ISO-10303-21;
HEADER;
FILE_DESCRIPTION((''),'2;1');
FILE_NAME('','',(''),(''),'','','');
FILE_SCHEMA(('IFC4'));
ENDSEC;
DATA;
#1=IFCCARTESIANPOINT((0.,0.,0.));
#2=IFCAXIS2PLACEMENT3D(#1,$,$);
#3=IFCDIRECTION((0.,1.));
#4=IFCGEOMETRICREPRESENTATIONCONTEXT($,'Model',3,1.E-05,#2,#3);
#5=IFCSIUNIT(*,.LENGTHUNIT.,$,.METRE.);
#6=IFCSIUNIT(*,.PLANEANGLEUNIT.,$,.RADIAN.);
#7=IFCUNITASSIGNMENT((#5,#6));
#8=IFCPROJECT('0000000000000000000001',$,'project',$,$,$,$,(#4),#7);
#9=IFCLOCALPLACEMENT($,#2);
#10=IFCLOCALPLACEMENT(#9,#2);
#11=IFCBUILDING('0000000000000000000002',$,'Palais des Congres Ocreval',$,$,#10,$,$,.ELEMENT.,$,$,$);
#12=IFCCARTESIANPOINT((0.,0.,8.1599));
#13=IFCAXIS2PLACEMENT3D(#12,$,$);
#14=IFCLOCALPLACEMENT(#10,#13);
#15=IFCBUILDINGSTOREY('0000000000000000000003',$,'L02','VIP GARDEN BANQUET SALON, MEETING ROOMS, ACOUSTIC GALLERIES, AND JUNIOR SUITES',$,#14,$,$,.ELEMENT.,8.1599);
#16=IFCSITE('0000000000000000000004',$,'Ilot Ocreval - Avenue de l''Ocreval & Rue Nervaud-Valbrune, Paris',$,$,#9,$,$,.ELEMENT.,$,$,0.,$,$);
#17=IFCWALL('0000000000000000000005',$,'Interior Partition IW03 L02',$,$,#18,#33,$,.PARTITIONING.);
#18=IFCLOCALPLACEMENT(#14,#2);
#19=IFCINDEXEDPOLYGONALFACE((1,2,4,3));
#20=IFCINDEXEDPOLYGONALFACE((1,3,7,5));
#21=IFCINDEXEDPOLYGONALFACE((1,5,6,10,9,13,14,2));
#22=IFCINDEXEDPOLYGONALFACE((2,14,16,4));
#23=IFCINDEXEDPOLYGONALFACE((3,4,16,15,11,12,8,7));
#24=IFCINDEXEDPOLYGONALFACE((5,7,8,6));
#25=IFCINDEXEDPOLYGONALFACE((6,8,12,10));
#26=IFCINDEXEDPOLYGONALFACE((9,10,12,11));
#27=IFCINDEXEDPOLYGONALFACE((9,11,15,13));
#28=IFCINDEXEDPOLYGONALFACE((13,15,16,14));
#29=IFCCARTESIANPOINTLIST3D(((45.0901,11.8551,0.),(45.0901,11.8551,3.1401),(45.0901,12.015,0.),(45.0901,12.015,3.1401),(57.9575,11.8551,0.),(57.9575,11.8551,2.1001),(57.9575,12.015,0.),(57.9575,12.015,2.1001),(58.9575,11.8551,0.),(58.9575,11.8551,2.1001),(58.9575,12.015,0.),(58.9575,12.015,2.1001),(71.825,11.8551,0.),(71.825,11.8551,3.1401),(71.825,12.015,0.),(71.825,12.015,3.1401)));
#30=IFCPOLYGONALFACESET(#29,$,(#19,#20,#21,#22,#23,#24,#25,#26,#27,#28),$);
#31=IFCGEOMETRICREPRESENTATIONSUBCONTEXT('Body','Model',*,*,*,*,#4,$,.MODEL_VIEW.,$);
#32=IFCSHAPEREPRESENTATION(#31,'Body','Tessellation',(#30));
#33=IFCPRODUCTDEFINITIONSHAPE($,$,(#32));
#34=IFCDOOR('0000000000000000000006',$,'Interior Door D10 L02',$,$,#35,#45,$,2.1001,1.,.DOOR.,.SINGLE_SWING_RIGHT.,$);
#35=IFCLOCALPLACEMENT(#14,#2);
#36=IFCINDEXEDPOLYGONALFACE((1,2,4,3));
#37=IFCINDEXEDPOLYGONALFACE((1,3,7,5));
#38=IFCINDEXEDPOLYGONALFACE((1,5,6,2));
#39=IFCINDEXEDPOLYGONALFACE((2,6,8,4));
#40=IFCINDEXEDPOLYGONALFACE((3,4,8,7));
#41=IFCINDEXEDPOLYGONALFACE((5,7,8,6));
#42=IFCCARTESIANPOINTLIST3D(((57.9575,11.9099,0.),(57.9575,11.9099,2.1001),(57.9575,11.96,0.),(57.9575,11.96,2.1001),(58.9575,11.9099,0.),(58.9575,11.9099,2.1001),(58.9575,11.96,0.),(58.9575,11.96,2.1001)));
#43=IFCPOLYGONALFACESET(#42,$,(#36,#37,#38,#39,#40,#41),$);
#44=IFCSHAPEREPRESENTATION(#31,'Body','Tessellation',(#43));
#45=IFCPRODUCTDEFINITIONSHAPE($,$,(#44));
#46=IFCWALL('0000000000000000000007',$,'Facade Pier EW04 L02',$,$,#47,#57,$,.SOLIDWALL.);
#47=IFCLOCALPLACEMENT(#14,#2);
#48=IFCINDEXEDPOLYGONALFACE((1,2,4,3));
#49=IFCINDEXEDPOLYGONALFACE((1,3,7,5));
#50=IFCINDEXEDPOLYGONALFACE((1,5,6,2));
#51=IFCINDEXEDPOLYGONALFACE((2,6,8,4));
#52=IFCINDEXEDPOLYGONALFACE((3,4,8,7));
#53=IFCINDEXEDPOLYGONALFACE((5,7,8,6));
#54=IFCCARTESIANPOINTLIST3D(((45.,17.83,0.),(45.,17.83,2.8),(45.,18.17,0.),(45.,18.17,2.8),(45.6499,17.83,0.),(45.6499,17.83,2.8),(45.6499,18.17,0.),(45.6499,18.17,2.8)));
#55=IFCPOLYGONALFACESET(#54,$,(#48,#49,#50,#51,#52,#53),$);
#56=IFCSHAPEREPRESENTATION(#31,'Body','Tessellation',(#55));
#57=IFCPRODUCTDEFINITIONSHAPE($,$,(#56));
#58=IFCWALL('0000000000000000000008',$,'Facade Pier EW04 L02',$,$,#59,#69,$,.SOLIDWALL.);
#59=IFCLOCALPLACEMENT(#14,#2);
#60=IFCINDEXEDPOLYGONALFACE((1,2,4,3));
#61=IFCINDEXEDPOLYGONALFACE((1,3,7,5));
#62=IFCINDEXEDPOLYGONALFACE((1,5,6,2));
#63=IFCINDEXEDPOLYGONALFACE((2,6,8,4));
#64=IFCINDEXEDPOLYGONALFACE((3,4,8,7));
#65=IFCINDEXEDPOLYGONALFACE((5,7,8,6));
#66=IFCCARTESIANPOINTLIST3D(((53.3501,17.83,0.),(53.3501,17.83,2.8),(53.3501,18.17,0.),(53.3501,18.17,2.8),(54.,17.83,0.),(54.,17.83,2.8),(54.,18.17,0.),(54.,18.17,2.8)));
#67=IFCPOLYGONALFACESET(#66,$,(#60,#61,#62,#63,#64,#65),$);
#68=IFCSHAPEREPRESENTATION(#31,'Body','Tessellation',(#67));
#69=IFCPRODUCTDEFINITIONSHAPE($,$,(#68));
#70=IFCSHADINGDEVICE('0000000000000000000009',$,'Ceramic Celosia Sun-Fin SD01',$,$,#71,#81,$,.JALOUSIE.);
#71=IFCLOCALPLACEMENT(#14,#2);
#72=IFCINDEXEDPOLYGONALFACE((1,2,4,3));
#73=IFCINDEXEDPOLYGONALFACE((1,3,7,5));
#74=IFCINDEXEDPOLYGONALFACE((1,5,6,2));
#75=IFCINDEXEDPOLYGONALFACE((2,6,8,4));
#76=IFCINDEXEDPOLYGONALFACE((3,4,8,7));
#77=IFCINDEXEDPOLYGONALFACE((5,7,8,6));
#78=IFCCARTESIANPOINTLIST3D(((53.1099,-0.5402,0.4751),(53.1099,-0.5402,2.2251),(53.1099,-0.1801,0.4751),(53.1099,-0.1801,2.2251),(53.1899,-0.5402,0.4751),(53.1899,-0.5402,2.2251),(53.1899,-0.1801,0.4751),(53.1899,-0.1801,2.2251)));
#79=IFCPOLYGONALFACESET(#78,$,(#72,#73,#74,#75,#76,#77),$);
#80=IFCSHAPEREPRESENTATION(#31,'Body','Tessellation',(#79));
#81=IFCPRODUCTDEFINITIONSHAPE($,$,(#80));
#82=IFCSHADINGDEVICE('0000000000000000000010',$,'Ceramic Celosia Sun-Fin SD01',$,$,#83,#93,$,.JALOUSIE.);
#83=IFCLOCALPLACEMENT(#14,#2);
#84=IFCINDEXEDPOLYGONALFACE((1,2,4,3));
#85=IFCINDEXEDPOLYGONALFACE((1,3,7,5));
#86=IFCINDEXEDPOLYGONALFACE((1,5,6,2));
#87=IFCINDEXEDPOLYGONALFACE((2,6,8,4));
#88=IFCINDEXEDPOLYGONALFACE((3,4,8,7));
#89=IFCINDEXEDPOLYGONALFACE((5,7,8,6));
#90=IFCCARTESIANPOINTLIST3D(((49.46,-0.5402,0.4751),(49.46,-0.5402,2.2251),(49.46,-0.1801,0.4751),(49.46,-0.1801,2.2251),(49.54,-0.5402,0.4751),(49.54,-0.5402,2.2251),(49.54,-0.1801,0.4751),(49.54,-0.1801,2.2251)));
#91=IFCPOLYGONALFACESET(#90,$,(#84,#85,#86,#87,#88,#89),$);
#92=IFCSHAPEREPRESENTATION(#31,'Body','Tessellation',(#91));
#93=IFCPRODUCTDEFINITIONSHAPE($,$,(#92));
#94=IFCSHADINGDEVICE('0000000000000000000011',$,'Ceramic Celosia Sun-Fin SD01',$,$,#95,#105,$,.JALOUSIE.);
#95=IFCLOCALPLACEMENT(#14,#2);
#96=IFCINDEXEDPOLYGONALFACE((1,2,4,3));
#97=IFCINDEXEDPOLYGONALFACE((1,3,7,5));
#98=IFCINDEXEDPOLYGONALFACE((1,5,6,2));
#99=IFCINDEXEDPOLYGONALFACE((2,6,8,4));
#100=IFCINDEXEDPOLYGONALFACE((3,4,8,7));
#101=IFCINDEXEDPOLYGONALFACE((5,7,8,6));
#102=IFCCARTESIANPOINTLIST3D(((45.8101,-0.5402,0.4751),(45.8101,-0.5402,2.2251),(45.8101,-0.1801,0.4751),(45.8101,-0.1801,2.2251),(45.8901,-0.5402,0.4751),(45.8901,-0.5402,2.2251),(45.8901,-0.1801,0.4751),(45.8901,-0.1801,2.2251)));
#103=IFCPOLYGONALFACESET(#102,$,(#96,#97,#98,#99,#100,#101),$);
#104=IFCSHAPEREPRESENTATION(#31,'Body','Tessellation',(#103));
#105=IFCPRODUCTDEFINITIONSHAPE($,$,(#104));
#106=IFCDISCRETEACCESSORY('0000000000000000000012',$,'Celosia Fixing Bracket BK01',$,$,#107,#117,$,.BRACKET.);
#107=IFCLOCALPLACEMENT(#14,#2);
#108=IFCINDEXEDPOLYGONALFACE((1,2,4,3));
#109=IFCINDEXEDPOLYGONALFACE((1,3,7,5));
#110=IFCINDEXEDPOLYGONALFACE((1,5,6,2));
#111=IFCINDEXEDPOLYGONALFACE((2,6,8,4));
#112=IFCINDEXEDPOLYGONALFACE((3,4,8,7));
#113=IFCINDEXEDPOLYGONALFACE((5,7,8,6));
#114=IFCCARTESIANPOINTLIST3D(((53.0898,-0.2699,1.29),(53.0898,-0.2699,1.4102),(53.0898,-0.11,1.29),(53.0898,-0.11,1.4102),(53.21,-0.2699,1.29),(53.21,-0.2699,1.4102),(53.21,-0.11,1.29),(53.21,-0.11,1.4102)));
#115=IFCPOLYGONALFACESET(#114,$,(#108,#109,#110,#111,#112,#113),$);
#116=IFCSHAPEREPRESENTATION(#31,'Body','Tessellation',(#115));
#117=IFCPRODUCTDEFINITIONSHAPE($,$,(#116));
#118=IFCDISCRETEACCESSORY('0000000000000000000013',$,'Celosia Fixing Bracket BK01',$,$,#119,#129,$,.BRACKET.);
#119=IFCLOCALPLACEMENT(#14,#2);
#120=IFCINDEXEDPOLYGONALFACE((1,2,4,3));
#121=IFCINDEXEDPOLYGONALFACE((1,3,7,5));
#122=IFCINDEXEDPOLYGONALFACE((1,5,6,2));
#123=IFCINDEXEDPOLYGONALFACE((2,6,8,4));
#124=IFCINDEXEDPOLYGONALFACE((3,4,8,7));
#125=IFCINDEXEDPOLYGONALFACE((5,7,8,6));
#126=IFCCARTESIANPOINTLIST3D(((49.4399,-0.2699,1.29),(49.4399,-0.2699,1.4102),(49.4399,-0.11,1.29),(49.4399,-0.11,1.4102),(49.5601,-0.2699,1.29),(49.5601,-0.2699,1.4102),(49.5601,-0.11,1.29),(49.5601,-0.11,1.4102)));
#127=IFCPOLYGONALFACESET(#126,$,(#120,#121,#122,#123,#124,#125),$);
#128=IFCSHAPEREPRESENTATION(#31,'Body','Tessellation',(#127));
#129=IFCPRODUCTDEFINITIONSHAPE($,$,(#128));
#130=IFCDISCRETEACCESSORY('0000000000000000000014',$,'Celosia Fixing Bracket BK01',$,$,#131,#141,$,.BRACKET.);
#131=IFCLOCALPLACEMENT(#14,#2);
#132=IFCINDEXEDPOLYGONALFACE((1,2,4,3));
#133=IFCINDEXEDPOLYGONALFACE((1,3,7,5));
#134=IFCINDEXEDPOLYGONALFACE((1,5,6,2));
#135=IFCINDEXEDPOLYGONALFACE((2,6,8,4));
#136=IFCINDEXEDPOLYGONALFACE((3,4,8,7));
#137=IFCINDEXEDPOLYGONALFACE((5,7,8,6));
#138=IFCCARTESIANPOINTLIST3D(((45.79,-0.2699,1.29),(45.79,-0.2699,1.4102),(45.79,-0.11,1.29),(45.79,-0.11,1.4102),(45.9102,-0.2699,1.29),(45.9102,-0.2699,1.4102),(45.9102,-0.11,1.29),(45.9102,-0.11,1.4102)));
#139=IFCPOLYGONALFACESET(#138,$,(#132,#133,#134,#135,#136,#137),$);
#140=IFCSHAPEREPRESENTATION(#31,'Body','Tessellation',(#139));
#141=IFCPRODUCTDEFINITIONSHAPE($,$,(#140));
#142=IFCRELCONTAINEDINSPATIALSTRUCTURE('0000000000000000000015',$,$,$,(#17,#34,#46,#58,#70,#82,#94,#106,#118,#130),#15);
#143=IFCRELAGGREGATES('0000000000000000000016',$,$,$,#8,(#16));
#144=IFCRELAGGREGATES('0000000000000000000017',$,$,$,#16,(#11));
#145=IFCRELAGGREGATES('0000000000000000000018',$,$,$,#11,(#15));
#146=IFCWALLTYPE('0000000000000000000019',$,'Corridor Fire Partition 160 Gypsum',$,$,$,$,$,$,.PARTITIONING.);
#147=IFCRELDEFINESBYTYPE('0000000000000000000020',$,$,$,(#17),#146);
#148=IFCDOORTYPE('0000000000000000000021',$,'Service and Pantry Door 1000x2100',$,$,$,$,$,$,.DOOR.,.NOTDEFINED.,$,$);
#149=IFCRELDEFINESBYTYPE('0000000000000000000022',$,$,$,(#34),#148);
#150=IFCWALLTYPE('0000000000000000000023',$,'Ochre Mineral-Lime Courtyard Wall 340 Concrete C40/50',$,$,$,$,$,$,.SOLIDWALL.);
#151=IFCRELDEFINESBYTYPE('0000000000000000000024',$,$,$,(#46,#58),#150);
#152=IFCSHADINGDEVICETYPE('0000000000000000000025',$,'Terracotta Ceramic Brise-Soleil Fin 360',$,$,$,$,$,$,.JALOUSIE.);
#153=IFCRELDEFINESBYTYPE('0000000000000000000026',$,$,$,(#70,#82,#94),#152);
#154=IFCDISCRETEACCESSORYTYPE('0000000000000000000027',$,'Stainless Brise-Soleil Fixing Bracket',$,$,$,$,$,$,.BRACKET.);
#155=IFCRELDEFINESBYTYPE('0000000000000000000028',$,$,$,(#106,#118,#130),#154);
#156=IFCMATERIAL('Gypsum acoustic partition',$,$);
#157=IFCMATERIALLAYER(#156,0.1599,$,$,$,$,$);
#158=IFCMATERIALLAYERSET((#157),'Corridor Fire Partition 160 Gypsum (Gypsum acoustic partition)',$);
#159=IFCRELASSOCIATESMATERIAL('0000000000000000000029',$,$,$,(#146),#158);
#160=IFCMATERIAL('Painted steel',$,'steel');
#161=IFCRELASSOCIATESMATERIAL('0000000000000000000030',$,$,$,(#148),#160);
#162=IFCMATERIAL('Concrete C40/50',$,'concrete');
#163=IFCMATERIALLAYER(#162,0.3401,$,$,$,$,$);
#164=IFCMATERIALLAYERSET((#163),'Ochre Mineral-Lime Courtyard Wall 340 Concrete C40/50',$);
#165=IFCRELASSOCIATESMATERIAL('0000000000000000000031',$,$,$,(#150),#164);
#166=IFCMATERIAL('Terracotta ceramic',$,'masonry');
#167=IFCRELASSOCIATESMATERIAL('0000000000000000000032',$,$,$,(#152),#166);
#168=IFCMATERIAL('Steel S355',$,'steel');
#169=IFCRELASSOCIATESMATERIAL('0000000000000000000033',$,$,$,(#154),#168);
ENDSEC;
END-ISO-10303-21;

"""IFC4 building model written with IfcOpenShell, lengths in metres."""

from ifc_helpers import new_model, si_unit, direction, frame, frame_2d, origin, origin_2d, place, context, subcontext, project, spatial, rectangle, extrude, material, layer, layer_set, type_object, element, fill, save


model = new_model("IFC4")

# Units and contexts
model_context = context("Model", 3, precision=1e-05, world=origin(), true_north=direction((0.0, 1.0)))
body_context = subcontext(model_context, "Body", "Model", "MODEL_VIEW")
ifc_project = project(units=[si_unit("LENGTHUNIT", "METRE"), si_unit("PLANEANGLEUNIT", "RADIAN")], contexts=[model_context])

# Site, building, storey
site_placement = place(None, origin())
site = spatial("IfcSite", under=ifc_project, at=site_placement, Name="Ilot Ocreval - Avenue de l'Ocreval & Rue Nervaud-Valbrune, Paris", CompositionType="ELEMENT", RefElevation=0.0)
building_placement = place(site_placement, origin())
building = spatial("IfcBuilding", under=site, at=building_placement, Name="Palais des Congres Ocreval", CompositionType="ELEMENT")
storey_placement = place(building_placement, frame((0.0, 0.0, 8.1599)))
storey = spatial("IfcBuildingStorey", under=building, at=storey_placement, Name="L02", Description="VIP GARDEN BANQUET SALON, MEETING ROOMS, ACOUSTIC GALLERIES, AND JUNIOR SUITES", CompositionType="ELEMENT", Elevation=8.1599)

# Shared definitions
ifc_material_1 = material(Name="Steel S355", Category="steel")

# Wall, opening, door
ifc_material_2 = material(Name="Gypsum acoustic partition")
ifc_layer_1 = layer(ifc_material_2, 0.1599)
ifc_layer_set_1 = layer_set([ifc_layer_1], Name="Corridor Fire Partition 160 Gypsum (Gypsum acoustic partition)")
wall_type_1 = type_object("IfcWallType", Name="Corridor Fire Partition 160 Gypsum", PredefinedType="PARTITIONING", material=ifc_layer_set_1)
ifc_material_3 = material(Name="Painted steel", Category="steel")
door_type = type_object("IfcDoorType", Name="Service and Pantry Door 1000x2100", OperationType="NOTDEFINED", PredefinedType="DOOR", material=ifc_material_3)
wall_1_placement = place(storey_placement, frame((45.0901, 11.9351, 0.0), z_axis=(0.0, 0.0, 1.0), x_axis=(1.0, 0.0, 0.0)))
wall_1 = element("IfcWall", 1, at=wall_1_placement, inside=storey, type_object=wall_type_1, Name="Interior Partition IW03 L02", PredefinedType="PARTITIONING", context=body_context, shape_type="SweptSolid", body=[
    extrude(rectangle(XDim=26.7349, YDim=0.1599, at=frame_2d((13.3674, 0.0))), origin(), (0.0, 0.0, 1.0), 3.1401),
])
opening_1_placement = place(wall_1_placement, frame((12.8674, 0.0, 0.0)))
opening_1 = element("IfcOpeningElement", 2, at=opening_1_placement, cuts=wall_1, PredefinedType="OPENING", context=body_context, shape_type="SweptSolid", body=[
    extrude(rectangle(XDim=1.0, YDim=2.1001, at=frame_2d((0.5, 1.05))), frame((0.0, 0.0898, 0.0), z_axis=(0.0, -1.0, 0.0), x_axis=(1.0, 0.0, 0.0)), (0.0, 0.0, 1.0), 0.1799),
])
door_1_placement = place(opening_1_placement, origin())
door_1 = element("IfcDoor", 3, at=door_1_placement, inside=storey, type_object=door_type, Name="Interior Door D10 L02", OperationType="SINGLE_SWING_RIGHT", OverallHeight=2.1001, OverallWidth=1.0, PredefinedType="DOOR", context=body_context, shape_type="SweptSolid", body=[
    extrude(rectangle(XDim=1.0, YDim=2.1001, at=frame_2d((0.5, 1.05))), frame((0.0, 0.0249, 0.0), z_axis=(0.0, -1.0, 0.0), x_axis=(1.0, 0.0, 0.0)), (0.0, 0.0, 1.0), 0.05),
])
fill(opening_1, door_1)

# Walls
ifc_material_4 = material(Name="Concrete C40/50", Category="concrete")
ifc_layer_2 = layer(ifc_material_4, 0.3401)
ifc_layer_set_2 = layer_set([ifc_layer_2], Name="Ochre Mineral-Lime Courtyard Wall 340 Concrete C40/50")
wall_type_2 = type_object("IfcWallType", Name="Ochre Mineral-Lime Courtyard Wall 340 Concrete C40/50", PredefinedType="SOLIDWALL", material=ifc_layer_set_2)
for number, where, z_axis, x_axis, name in (
    (4, (45.0, 18.0, 0.0), (0.0, 0.0, 1.0), (1.0, 0.0, 0.0), "Facade Pier EW04 L02"),
    (5, (53.3501, 18.0, 0.0), (0.0, 0.0, 1.0), (1.0, 0.0, 0.0), "Facade Pier EW04 L02"),
):
    element("IfcWall", number, at=place(storey_placement, frame(where, z_axis=z_axis, x_axis=x_axis)), inside=storey, type_object=wall_type_2, Name=name, PredefinedType="SOLIDWALL", context=body_context, shape_type="SweptSolid", body=[
        extrude(rectangle(XDim=0.6499, YDim=0.3401, at=frame_2d((0.325, 0.0))), origin(), (0.0, 0.0, 1.0), 2.8),
    ])

# Shading devices
ifc_material_5 = material(Name="Terracotta ceramic", Category="masonry")
shading_device_type = type_object("IfcShadingDeviceType", Name="Terracotta Ceramic Brise-Soleil Fin 360", PredefinedType="JALOUSIE", material=ifc_material_5)
for number, where, z_axis, x_axis, name in (
    (6, (53.1499, -0.3601, 0.4751), (0.0, 0.0, 1.0), (0.0, -1.0, 0.0), "Ceramic Celosia Sun-Fin SD01"),
    (7, (49.5, -0.3601, 0.4751), (0.0, 0.0, 1.0), (0.0, -1.0, 0.0), "Ceramic Celosia Sun-Fin SD01"),
    (8, (45.8501, -0.3601, 0.4751), (0.0, 0.0, 1.0), (0.0, -1.0, 0.0), "Ceramic Celosia Sun-Fin SD01"),
):
    element("IfcShadingDevice", number, at=place(storey_placement, frame(where, z_axis=z_axis, x_axis=x_axis)), inside=storey, type_object=shading_device_type, Name=name, PredefinedType="JALOUSIE", context=body_context, shape_type="SweptSolid", body=[
        extrude(rectangle(XDim=0.3601, YDim=0.0801, at=origin_2d()), origin(), (0.0, 0.0, 1.0), 1.75),
    ])

# Discrete accessories
discrete_accessory_type = type_object("IfcDiscreteAccessoryType", Name="Stainless Brise-Soleil Fixing Bracket", PredefinedType="BRACKET", material=ifc_material_1)
for number, where, z_axis, x_axis, name in (
    (9, (53.1499, -0.1899, 1.29), (0.0, 0.0, 1.0), (0.0, -1.0, 0.0), "Celosia Fixing Bracket BK01"),
    (10, (49.5, -0.1899, 1.29), (0.0, 0.0, 1.0), (0.0, -1.0, 0.0), "Celosia Fixing Bracket BK01"),
    (11, (45.8501, -0.1899, 1.29), (0.0, 0.0, 1.0), (0.0, -1.0, 0.0), "Celosia Fixing Bracket BK01"),
):
    element("IfcDiscreteAccessory", number, at=place(storey_placement, frame(where, z_axis=z_axis, x_axis=x_axis)), inside=storey, type_object=discrete_accessory_type, Name=name, PredefinedType="BRACKET", context=body_context, shape_type="SweptSolid", body=[
        extrude(rectangle(XDim=0.1599, YDim=0.1201, at=origin_2d()), origin(), (0.0, 0.0, 1.0), 0.1201),
    ])

save(model, "model.ifc")
